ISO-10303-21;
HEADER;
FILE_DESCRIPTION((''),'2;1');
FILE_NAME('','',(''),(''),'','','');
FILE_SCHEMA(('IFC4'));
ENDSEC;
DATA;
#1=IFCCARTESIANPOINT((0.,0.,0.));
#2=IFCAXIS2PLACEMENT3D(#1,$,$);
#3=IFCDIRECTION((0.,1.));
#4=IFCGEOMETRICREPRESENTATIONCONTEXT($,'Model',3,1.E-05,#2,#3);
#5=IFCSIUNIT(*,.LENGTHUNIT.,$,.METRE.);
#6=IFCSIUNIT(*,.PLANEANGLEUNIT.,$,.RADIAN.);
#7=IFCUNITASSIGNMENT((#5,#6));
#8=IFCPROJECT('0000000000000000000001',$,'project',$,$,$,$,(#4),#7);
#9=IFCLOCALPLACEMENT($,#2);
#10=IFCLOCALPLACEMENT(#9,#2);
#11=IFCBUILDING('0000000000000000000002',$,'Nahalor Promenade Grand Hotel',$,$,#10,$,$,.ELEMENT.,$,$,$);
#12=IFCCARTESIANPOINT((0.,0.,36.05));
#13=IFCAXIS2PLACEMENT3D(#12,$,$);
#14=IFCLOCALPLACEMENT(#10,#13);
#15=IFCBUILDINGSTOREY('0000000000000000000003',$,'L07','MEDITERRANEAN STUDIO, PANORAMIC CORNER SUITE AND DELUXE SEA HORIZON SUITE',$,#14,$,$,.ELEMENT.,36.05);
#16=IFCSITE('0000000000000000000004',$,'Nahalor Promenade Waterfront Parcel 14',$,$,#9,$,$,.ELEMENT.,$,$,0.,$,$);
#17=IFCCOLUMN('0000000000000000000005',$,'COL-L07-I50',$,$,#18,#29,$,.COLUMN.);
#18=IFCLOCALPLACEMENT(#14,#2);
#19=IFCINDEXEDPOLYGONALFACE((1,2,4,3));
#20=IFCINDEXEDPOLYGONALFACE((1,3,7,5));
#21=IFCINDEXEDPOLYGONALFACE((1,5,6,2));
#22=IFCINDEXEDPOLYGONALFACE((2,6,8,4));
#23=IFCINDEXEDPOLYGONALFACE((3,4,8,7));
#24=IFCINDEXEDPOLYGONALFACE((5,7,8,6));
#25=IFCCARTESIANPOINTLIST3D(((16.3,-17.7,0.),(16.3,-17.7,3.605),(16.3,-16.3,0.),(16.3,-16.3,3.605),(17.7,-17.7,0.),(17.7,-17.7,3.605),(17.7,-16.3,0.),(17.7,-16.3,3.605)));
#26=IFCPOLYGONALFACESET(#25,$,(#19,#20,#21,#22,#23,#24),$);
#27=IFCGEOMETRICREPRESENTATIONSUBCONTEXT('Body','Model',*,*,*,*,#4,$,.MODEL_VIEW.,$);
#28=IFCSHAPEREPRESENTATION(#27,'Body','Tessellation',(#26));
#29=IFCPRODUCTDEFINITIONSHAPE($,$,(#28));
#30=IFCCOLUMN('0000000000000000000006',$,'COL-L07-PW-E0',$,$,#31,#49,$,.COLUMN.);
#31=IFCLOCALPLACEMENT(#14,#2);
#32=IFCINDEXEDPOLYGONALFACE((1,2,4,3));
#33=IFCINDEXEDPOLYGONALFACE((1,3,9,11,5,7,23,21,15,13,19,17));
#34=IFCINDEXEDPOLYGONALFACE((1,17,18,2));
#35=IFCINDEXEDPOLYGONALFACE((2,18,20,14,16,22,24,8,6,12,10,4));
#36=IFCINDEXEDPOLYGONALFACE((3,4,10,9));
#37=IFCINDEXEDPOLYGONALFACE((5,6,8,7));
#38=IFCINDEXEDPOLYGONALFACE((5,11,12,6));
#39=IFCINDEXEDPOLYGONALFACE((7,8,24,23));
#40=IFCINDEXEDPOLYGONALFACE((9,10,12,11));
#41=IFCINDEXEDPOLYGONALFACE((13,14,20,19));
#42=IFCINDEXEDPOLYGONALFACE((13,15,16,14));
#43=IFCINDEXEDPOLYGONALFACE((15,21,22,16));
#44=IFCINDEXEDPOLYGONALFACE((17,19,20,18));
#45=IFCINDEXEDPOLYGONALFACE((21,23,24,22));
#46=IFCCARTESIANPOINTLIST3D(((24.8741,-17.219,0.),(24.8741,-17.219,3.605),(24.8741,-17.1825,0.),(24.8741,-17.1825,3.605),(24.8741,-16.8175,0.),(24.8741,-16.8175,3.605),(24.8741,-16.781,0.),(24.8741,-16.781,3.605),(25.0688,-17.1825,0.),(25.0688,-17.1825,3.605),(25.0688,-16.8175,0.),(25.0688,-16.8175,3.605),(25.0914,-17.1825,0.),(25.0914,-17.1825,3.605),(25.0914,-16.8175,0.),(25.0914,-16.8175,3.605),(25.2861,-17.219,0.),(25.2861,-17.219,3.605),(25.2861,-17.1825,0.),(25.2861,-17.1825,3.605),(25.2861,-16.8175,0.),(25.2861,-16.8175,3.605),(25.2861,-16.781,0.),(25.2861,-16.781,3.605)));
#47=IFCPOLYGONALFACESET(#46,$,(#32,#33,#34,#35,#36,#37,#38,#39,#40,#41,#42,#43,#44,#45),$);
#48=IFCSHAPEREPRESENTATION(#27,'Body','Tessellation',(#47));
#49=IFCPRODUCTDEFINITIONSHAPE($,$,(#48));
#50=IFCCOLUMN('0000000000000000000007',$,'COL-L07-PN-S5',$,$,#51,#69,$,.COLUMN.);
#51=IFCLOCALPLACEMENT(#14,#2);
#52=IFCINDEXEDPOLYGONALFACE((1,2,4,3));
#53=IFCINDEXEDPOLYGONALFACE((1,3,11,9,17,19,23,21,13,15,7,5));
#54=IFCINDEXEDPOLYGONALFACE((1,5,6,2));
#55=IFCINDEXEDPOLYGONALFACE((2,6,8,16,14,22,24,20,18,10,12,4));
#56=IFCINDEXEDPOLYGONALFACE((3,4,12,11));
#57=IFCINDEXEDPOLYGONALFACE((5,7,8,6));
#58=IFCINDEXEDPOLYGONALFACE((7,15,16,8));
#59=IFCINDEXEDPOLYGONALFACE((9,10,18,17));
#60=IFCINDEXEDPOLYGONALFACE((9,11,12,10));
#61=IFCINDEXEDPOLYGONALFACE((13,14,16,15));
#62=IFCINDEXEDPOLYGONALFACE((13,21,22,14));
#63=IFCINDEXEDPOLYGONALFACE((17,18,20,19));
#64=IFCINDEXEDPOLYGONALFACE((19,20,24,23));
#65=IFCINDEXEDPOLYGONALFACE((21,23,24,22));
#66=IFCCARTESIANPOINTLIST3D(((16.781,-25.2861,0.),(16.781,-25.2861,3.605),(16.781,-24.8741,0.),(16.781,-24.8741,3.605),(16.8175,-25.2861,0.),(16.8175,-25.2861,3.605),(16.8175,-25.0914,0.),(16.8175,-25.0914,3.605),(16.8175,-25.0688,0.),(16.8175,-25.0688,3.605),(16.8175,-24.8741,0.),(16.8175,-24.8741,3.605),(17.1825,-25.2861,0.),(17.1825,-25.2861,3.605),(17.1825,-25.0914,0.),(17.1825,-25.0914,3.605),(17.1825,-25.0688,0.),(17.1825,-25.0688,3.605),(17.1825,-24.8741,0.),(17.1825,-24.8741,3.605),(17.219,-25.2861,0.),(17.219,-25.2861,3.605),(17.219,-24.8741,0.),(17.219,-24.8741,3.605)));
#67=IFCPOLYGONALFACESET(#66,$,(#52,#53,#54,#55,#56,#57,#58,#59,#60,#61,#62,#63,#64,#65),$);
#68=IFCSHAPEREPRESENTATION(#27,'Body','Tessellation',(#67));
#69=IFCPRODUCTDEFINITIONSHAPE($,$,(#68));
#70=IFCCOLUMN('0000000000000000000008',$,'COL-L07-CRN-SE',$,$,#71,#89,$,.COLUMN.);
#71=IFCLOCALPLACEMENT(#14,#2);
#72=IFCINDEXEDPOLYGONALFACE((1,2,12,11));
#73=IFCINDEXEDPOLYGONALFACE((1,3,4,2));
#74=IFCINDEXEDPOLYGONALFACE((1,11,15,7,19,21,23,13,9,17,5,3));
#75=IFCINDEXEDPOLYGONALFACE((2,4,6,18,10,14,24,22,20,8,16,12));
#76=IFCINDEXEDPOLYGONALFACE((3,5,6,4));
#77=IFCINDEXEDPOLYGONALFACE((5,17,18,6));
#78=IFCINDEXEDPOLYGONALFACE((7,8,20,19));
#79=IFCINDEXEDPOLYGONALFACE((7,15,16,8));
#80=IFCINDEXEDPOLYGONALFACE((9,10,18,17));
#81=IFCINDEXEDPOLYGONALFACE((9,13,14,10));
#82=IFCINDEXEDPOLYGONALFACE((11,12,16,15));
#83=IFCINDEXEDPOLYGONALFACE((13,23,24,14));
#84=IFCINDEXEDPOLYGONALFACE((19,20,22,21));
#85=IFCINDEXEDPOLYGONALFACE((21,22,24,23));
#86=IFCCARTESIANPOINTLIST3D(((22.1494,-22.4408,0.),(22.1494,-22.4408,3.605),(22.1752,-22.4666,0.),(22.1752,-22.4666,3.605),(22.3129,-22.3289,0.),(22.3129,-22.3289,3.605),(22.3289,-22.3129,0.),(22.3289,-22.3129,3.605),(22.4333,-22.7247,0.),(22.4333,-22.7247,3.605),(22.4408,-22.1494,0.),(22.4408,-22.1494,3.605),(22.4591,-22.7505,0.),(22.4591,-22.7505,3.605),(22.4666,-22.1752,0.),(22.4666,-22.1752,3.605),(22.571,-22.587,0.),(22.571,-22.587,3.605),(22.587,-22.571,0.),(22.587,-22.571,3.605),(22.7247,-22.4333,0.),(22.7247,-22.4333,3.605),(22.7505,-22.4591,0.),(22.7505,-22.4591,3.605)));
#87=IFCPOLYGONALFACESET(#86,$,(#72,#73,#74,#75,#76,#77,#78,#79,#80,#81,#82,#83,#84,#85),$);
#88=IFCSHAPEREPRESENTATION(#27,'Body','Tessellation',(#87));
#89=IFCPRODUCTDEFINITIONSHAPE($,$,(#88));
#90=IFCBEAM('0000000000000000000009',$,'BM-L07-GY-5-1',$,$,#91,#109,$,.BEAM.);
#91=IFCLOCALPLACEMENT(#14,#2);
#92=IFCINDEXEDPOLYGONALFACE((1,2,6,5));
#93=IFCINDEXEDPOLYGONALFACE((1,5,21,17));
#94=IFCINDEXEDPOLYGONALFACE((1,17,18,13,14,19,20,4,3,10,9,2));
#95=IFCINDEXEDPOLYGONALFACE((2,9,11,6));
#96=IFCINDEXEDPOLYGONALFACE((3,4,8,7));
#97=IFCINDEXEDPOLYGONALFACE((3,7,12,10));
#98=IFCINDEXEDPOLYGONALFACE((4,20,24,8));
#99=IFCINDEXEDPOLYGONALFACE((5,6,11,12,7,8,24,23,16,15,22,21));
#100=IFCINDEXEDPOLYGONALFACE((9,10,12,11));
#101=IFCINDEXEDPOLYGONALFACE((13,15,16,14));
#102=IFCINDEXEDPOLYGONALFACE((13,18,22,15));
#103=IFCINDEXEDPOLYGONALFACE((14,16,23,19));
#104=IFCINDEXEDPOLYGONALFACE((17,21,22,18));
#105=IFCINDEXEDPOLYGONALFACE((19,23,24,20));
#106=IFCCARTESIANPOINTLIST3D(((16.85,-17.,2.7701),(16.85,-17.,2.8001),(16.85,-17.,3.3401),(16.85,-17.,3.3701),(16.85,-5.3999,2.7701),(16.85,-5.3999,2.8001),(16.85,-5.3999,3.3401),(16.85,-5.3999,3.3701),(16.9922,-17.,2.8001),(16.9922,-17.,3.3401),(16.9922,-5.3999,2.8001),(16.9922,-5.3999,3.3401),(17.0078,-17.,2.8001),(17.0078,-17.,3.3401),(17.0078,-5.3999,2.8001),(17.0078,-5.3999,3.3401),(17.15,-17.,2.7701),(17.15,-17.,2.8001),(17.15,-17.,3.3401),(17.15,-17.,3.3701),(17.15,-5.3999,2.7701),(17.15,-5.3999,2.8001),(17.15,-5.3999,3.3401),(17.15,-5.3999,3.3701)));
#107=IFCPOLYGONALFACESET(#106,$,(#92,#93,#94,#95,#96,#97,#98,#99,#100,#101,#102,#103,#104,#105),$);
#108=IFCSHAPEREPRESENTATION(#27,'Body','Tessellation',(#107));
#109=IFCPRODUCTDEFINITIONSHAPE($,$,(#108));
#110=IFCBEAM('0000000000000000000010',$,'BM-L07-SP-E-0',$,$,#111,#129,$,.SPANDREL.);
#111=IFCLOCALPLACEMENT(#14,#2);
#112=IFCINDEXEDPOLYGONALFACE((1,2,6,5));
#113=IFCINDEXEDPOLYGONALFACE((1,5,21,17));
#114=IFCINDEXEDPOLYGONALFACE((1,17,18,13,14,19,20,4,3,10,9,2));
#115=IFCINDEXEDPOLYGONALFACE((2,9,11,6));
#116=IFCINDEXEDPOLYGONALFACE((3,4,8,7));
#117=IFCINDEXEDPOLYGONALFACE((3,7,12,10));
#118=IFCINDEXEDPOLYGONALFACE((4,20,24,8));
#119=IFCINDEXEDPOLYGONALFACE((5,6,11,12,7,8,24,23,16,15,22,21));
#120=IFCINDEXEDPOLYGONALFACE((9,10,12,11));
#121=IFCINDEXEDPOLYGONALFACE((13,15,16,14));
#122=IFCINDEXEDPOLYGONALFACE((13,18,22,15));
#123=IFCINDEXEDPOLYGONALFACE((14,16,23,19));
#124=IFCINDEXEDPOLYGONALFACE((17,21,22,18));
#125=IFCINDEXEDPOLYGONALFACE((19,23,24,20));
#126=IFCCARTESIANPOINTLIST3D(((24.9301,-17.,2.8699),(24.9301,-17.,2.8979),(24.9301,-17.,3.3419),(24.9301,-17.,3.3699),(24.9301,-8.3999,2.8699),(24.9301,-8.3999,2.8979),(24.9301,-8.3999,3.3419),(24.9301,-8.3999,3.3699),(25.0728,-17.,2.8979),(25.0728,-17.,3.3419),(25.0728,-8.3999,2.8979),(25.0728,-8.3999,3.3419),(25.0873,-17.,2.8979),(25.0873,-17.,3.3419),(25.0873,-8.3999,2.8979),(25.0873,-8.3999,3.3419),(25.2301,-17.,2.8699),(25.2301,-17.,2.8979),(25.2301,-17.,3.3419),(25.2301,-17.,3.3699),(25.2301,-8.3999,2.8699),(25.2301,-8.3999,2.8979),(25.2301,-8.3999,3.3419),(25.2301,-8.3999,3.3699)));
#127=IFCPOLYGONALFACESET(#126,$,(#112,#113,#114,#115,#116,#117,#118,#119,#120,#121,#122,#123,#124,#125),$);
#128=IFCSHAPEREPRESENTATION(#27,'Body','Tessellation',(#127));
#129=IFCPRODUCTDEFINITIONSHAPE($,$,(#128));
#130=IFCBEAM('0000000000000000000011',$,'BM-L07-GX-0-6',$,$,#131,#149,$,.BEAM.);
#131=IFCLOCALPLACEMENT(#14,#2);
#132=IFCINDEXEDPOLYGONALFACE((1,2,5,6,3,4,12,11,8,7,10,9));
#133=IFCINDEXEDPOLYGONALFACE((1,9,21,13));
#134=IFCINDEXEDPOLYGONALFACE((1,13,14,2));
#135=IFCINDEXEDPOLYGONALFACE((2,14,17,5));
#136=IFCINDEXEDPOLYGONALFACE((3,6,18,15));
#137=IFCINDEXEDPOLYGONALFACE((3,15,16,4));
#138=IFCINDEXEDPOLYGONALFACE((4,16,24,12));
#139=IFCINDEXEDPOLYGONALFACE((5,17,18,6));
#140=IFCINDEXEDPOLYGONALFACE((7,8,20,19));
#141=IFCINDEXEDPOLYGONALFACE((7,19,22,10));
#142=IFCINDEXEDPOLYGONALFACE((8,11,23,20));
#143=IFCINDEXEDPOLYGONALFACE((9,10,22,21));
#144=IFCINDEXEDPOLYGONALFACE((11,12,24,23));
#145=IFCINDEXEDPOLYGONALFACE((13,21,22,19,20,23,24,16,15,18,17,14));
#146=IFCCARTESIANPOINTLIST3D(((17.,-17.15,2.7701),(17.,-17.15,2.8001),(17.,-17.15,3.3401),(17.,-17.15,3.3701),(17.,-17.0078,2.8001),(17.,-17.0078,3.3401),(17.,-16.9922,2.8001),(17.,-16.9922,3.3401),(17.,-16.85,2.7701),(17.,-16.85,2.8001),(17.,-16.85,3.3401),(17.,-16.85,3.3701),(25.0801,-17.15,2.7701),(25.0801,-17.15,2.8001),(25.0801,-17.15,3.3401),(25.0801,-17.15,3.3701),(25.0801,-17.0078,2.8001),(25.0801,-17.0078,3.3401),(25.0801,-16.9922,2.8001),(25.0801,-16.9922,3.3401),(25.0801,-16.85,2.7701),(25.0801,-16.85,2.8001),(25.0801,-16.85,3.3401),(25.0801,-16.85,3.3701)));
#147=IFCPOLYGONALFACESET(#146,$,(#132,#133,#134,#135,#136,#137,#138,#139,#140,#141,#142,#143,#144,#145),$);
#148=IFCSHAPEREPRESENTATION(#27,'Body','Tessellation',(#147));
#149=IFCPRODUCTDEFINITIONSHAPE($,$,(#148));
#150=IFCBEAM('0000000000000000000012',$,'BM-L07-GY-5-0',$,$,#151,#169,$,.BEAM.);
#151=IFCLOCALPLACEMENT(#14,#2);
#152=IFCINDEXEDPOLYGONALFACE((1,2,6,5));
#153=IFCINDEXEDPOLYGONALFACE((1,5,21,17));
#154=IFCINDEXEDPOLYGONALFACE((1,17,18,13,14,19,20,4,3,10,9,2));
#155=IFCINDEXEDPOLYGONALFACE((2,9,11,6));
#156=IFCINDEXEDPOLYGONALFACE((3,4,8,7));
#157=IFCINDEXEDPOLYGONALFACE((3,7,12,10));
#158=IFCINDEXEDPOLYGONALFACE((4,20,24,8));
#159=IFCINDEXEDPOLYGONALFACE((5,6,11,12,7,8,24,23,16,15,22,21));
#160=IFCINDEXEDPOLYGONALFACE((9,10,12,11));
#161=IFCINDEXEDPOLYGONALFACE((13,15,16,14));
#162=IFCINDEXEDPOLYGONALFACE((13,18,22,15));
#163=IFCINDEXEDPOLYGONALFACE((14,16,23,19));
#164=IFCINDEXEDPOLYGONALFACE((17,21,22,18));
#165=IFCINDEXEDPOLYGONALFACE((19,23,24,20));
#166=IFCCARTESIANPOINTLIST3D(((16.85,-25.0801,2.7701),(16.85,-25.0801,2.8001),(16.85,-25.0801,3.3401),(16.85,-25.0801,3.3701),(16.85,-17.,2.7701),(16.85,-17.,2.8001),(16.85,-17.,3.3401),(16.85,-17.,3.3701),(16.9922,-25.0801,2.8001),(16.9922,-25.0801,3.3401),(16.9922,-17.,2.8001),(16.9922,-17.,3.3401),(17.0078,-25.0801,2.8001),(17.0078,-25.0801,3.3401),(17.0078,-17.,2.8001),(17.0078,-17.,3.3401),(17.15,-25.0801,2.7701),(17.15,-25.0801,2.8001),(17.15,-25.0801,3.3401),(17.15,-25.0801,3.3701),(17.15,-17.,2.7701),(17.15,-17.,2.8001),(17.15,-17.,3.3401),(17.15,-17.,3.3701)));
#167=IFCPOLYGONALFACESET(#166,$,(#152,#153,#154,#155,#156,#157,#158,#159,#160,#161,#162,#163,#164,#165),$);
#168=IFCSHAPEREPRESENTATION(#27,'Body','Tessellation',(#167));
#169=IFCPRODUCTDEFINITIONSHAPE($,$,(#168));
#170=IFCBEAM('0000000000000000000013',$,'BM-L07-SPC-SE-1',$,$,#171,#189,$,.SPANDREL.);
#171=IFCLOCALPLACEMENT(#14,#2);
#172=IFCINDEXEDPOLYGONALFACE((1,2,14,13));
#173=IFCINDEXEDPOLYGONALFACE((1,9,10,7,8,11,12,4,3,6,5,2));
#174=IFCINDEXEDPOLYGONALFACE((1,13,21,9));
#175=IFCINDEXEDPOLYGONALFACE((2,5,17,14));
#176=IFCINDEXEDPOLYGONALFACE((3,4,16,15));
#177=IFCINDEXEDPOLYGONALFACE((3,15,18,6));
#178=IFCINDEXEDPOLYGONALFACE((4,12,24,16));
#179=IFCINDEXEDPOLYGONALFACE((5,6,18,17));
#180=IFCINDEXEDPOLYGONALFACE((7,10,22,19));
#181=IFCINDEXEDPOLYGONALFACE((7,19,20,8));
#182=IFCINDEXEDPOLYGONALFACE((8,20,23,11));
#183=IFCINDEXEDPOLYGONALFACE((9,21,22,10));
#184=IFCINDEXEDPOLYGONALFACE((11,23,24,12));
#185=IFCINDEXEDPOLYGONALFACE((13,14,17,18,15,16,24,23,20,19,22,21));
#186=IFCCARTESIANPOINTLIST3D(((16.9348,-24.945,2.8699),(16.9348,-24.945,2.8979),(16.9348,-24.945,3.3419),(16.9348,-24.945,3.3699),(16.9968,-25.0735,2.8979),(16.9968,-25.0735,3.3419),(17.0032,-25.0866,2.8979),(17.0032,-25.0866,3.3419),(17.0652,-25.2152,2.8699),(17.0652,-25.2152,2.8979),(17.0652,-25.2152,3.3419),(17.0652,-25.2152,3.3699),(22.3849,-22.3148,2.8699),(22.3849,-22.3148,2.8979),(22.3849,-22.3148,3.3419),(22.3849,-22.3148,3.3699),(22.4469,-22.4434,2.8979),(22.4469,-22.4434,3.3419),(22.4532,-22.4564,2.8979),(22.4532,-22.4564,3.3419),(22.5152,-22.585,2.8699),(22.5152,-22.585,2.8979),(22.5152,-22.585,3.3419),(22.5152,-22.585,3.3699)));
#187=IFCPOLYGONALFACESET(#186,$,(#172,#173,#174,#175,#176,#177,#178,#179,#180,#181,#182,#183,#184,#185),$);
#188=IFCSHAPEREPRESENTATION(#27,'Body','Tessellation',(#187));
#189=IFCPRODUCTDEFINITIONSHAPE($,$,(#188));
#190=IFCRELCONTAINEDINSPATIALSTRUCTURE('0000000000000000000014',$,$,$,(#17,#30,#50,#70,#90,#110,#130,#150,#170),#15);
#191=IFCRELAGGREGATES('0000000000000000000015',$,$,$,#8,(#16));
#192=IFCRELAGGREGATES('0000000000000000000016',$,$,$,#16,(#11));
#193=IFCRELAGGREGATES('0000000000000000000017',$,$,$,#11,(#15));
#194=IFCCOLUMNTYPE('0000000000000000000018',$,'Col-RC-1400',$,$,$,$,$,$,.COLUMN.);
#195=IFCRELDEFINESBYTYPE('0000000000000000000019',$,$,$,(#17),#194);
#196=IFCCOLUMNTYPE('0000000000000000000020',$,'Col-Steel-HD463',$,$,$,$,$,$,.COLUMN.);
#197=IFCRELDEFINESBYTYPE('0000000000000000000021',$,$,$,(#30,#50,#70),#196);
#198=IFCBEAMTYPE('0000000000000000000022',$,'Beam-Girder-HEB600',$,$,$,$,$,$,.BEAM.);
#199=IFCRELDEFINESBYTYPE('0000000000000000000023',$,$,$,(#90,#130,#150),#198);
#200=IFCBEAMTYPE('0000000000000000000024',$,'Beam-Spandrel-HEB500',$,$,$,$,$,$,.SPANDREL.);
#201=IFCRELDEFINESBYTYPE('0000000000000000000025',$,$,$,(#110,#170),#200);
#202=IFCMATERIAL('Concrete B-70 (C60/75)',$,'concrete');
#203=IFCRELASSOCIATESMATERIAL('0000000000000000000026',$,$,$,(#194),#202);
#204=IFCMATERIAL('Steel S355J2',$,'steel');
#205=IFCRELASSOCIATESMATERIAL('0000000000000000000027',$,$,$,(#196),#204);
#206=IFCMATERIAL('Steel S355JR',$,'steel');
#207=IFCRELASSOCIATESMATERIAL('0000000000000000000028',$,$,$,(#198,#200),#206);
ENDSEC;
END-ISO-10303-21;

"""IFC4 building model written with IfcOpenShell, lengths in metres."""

from ifc_helpers import new_model, si_unit, direction, frame, origin, origin_2d, place, context, subcontext, project, spatial, rectangle, i_section, extrude, source, transform, mapped, material, material_profile, profile_set, type_object, element, save


model = new_model("IFC4")

# Units and contexts
model_context = context("Model", 3, precision=1e-05, world=origin(), true_north=direction((0.0, 1.0)))
body_context = subcontext(model_context, "Body", "Model", "MODEL_VIEW")
ifc_project = project(units=[si_unit("LENGTHUNIT", "METRE"), si_unit("PLANEANGLEUNIT", "RADIAN")], contexts=[model_context])

# Site, building, storey
site_placement = place(None, origin())
site = spatial("IfcSite", under=ifc_project, at=site_placement, Name="Nahalor Promenade Waterfront Parcel 14", CompositionType="ELEMENT", RefElevation=0.0)
building_placement = place(site_placement, origin())
building = spatial("IfcBuilding", under=site, at=building_placement, Name="Nahalor Promenade Grand Hotel", CompositionType="ELEMENT")
storey_placement = place(building_placement, frame((0.0, 0.0, 36.05)))
storey = spatial("IfcBuildingStorey", under=building, at=storey_placement, Name="L07", Description="MEDITERRANEAN STUDIO, PANORAMIC CORNER SUITE AND DELUXE SEA HORIZON SUITE", CompositionType="ELEMENT", Elevation=36.05)

# Columns
ifc_material_1 = material(Name="Concrete B-70 (C60/75)", Category="concrete")
ifc_material_profile_1 = material_profile(ifc_material_1, rectangle(XDim=1.4, YDim=1.4, at=origin_2d()), Name="RC 1400x1400")
ifc_profile_set_1 = profile_set([ifc_material_profile_1], Name="Concrete B-70 (C60/75)")
column_type_1 = type_object("IfcColumnType", Name="Col-RC-1400", PredefinedType="COLUMN", material=ifc_profile_set_1)
shared_shape_1 = source(origin(), body_context, "Body", "SweptSolid", [
    extrude(rectangle(XDim=1.4, YDim=1.4, at=origin_2d()), origin(), (0.0, 0.0, 1.0), 3.605),
])
column_placement = place(storey_placement, frame((17.0, -17.0, 0.0), z_axis=(0.0, 0.0, 1.0), x_axis=(1.0, 0.0, 0.0)))
element("IfcColumn", 1, at=column_placement, inside=storey, type_object=column_type_1, Name="COL-L07-I50", PredefinedType="COLUMN", context=body_context, shape_type="MappedRepresentation", body=[
    mapped(shared_shape_1, transform((0.0, 0.0, 0.0), scale=1.0)),
])
ifc_material_2 = material(Name="Steel S355J2", Category="steel")
ifc_material_profile_2 = material_profile(ifc_material_2, i_section(OverallWidth=0.412, OverallDepth=0.438, WebThickness=0.0226, FlangeThickness=0.0365, at=origin_2d()), Name="HD 400x463")
ifc_profile_set_2 = profile_set([ifc_material_profile_2], Name="Steel S355J2")
column_type_2 = type_object("IfcColumnType", Name="Col-Steel-HD463", PredefinedType="COLUMN", material=ifc_profile_set_2)
shared_shape_2 = source(origin(), body_context, "Body", "SweptSolid", [
    extrude(i_section(OverallWidth=0.412, OverallDepth=0.438, WebThickness=0.0226, FlangeThickness=0.0365, at=origin_2d()), origin(), (0.0, 0.0, 1.0), 3.605),
])
for number, where, z_axis, x_axis, name in (
    (2, (25.0801, -17.0, 0.0), (0.0, 0.0, 1.0), (1.0, 0.0, 0.0), "COL-L07-PW-E0"),
    (3, (17.0, -25.0801, 0.0), (0.0, 0.0, 1.0), (0.0, 1.0, 0.0), "COL-L07-PN-S5"),
    (4, (22.45, -22.45, 0.0), (0.0, 0.0, 1.0), (0.707107, 0.707107, 0.0), "COL-L07-CRN-SE"),
):
    element("IfcColumn", number, at=place(storey_placement, frame(where, z_axis=z_axis, x_axis=x_axis)), inside=storey, type_object=column_type_2, Name=name, PredefinedType="COLUMN", context=body_context, shape_type="MappedRepresentation", body=[
        mapped(shared_shape_2, transform((0.0, 0.0, 0.0), scale=1.0)),
    ])

# Beams
ifc_material_3 = material(Name="Steel S355JR", Category="steel")
ifc_material_profile_3 = material_profile(ifc_material_3, i_section(OverallWidth=0.3, OverallDepth=0.6, WebThickness=0.0155, FlangeThickness=0.03, at=origin_2d()), Name="HEB 600")
ifc_profile_set_3 = profile_set([ifc_material_profile_3], Name="Steel S355JR")
beam_type_1 = type_object("IfcBeamType", Name="Beam-Girder-HEB600", PredefinedType="BEAM", material=ifc_profile_set_3)
shared_shape_3 = source(origin(), body_context, "Body", "SweptSolid", [
    extrude(i_section(OverallWidth=0.3, OverallDepth=0.6, WebThickness=0.0155, FlangeThickness=0.03, at=origin_2d()), origin(), (0.0, 0.0, 1.0), 11.6001),
])
beam_1_placement = place(storey_placement, frame((17.0, -17.0, 3.0701), z_axis=(0.0, 1.0, 0.0), x_axis=(-1.0, 0.0, 0.0)))
element("IfcBeam", 5, at=beam_1_placement, inside=storey, type_object=beam_type_1, Name="BM-L07-GY-5-1", PredefinedType="BEAM", context=body_context, shape_type="MappedRepresentation", body=[
    mapped(shared_shape_3, transform((0.0, 0.0, 0.0), scale=1.0)),
])
ifc_material_profile_4 = material_profile(ifc_material_3, i_section(OverallWidth=0.3, OverallDepth=0.5, WebThickness=0.0145, FlangeThickness=0.028, at=origin_2d()), Name="HEB 500")
ifc_profile_set_4 = profile_set([ifc_material_profile_4], Name="Steel S355JR")
beam_type_2 = type_object("IfcBeamType", Name="Beam-Spandrel-HEB500", PredefinedType="SPANDREL", material=ifc_profile_set_4)
shared_shape_4 = source(origin(), body_context, "Body", "SweptSolid", [
    extrude(i_section(OverallWidth=0.3, OverallDepth=0.5, WebThickness=0.0145, FlangeThickness=0.028, at=origin_2d()), origin(), (0.0, 0.0, 1.0), 8.6001),
])
beam_2_placement = place(storey_placement, frame((25.0801, -17.0, 3.1199), z_axis=(0.0, 1.0, 0.0), x_axis=(-1.0, 0.0, 0.0)))
element("IfcBeam", 6, at=beam_2_placement, inside=storey, type_object=beam_type_2, Name="BM-L07-SP-E-0", PredefinedType="SPANDREL", context=body_context, shape_type="MappedRepresentation", body=[
    mapped(shared_shape_4, transform((0.0, 0.0, 0.0), scale=1.0)),
])
shared_shape_5 = source(origin(), body_context, "Body", "SweptSolid", [
    extrude(i_section(OverallWidth=0.3, OverallDepth=0.6, WebThickness=0.0155, FlangeThickness=0.03, at=origin_2d()), origin(), (0.0, 0.0, 1.0), 8.0801),
])
for number, where, z_axis, x_axis, name in (
    (7, (17.0, -17.0, 3.0701), (1.0, 0.0, 0.0), (0.0, 1.0, 0.0), "BM-L07-GX-0-6"),
    (8, (17.0, -25.0801, 3.0701), (0.0, 1.0, 0.0), (-1.0, 0.0, 0.0), "BM-L07-GY-5-0"),
):
    element("IfcBeam", number, at=place(storey_placement, frame(where, z_axis=z_axis, x_axis=x_axis)), inside=storey, type_object=beam_type_1, Name=name, PredefinedType="BEAM", context=body_context, shape_type="MappedRepresentation", body=[
        mapped(shared_shape_5, transform((0.0, 0.0, 0.0), scale=1.0)),
    ])
shared_shape_6 = source(origin(), body_context, "Body", "SweptSolid", [
    extrude(i_section(OverallWidth=0.3, OverallDepth=0.5, WebThickness=0.0145, FlangeThickness=0.028, at=origin_2d()), origin(), (0.0, 0.0, 1.0), 6.0515),
])
for number, where, z_axis, x_axis, name in (
    (9, (17.0, -25.0801, 3.1199), (0.900609, 0.434631, 0.0), (-0.434631, 0.900609, 0.0), "BM-L07-SPC-SE-1"),
):
    element("IfcBeam", number, at=place(storey_placement, frame(where, z_axis=z_axis, x_axis=x_axis)), inside=storey, type_object=beam_type_2, Name=name, PredefinedType="SPANDREL", context=body_context, shape_type="MappedRepresentation", body=[
        mapped(shared_shape_6, transform((0.0, 0.0, 0.0), scale=1.0)),
    ])

save(model, "model.ifc")
